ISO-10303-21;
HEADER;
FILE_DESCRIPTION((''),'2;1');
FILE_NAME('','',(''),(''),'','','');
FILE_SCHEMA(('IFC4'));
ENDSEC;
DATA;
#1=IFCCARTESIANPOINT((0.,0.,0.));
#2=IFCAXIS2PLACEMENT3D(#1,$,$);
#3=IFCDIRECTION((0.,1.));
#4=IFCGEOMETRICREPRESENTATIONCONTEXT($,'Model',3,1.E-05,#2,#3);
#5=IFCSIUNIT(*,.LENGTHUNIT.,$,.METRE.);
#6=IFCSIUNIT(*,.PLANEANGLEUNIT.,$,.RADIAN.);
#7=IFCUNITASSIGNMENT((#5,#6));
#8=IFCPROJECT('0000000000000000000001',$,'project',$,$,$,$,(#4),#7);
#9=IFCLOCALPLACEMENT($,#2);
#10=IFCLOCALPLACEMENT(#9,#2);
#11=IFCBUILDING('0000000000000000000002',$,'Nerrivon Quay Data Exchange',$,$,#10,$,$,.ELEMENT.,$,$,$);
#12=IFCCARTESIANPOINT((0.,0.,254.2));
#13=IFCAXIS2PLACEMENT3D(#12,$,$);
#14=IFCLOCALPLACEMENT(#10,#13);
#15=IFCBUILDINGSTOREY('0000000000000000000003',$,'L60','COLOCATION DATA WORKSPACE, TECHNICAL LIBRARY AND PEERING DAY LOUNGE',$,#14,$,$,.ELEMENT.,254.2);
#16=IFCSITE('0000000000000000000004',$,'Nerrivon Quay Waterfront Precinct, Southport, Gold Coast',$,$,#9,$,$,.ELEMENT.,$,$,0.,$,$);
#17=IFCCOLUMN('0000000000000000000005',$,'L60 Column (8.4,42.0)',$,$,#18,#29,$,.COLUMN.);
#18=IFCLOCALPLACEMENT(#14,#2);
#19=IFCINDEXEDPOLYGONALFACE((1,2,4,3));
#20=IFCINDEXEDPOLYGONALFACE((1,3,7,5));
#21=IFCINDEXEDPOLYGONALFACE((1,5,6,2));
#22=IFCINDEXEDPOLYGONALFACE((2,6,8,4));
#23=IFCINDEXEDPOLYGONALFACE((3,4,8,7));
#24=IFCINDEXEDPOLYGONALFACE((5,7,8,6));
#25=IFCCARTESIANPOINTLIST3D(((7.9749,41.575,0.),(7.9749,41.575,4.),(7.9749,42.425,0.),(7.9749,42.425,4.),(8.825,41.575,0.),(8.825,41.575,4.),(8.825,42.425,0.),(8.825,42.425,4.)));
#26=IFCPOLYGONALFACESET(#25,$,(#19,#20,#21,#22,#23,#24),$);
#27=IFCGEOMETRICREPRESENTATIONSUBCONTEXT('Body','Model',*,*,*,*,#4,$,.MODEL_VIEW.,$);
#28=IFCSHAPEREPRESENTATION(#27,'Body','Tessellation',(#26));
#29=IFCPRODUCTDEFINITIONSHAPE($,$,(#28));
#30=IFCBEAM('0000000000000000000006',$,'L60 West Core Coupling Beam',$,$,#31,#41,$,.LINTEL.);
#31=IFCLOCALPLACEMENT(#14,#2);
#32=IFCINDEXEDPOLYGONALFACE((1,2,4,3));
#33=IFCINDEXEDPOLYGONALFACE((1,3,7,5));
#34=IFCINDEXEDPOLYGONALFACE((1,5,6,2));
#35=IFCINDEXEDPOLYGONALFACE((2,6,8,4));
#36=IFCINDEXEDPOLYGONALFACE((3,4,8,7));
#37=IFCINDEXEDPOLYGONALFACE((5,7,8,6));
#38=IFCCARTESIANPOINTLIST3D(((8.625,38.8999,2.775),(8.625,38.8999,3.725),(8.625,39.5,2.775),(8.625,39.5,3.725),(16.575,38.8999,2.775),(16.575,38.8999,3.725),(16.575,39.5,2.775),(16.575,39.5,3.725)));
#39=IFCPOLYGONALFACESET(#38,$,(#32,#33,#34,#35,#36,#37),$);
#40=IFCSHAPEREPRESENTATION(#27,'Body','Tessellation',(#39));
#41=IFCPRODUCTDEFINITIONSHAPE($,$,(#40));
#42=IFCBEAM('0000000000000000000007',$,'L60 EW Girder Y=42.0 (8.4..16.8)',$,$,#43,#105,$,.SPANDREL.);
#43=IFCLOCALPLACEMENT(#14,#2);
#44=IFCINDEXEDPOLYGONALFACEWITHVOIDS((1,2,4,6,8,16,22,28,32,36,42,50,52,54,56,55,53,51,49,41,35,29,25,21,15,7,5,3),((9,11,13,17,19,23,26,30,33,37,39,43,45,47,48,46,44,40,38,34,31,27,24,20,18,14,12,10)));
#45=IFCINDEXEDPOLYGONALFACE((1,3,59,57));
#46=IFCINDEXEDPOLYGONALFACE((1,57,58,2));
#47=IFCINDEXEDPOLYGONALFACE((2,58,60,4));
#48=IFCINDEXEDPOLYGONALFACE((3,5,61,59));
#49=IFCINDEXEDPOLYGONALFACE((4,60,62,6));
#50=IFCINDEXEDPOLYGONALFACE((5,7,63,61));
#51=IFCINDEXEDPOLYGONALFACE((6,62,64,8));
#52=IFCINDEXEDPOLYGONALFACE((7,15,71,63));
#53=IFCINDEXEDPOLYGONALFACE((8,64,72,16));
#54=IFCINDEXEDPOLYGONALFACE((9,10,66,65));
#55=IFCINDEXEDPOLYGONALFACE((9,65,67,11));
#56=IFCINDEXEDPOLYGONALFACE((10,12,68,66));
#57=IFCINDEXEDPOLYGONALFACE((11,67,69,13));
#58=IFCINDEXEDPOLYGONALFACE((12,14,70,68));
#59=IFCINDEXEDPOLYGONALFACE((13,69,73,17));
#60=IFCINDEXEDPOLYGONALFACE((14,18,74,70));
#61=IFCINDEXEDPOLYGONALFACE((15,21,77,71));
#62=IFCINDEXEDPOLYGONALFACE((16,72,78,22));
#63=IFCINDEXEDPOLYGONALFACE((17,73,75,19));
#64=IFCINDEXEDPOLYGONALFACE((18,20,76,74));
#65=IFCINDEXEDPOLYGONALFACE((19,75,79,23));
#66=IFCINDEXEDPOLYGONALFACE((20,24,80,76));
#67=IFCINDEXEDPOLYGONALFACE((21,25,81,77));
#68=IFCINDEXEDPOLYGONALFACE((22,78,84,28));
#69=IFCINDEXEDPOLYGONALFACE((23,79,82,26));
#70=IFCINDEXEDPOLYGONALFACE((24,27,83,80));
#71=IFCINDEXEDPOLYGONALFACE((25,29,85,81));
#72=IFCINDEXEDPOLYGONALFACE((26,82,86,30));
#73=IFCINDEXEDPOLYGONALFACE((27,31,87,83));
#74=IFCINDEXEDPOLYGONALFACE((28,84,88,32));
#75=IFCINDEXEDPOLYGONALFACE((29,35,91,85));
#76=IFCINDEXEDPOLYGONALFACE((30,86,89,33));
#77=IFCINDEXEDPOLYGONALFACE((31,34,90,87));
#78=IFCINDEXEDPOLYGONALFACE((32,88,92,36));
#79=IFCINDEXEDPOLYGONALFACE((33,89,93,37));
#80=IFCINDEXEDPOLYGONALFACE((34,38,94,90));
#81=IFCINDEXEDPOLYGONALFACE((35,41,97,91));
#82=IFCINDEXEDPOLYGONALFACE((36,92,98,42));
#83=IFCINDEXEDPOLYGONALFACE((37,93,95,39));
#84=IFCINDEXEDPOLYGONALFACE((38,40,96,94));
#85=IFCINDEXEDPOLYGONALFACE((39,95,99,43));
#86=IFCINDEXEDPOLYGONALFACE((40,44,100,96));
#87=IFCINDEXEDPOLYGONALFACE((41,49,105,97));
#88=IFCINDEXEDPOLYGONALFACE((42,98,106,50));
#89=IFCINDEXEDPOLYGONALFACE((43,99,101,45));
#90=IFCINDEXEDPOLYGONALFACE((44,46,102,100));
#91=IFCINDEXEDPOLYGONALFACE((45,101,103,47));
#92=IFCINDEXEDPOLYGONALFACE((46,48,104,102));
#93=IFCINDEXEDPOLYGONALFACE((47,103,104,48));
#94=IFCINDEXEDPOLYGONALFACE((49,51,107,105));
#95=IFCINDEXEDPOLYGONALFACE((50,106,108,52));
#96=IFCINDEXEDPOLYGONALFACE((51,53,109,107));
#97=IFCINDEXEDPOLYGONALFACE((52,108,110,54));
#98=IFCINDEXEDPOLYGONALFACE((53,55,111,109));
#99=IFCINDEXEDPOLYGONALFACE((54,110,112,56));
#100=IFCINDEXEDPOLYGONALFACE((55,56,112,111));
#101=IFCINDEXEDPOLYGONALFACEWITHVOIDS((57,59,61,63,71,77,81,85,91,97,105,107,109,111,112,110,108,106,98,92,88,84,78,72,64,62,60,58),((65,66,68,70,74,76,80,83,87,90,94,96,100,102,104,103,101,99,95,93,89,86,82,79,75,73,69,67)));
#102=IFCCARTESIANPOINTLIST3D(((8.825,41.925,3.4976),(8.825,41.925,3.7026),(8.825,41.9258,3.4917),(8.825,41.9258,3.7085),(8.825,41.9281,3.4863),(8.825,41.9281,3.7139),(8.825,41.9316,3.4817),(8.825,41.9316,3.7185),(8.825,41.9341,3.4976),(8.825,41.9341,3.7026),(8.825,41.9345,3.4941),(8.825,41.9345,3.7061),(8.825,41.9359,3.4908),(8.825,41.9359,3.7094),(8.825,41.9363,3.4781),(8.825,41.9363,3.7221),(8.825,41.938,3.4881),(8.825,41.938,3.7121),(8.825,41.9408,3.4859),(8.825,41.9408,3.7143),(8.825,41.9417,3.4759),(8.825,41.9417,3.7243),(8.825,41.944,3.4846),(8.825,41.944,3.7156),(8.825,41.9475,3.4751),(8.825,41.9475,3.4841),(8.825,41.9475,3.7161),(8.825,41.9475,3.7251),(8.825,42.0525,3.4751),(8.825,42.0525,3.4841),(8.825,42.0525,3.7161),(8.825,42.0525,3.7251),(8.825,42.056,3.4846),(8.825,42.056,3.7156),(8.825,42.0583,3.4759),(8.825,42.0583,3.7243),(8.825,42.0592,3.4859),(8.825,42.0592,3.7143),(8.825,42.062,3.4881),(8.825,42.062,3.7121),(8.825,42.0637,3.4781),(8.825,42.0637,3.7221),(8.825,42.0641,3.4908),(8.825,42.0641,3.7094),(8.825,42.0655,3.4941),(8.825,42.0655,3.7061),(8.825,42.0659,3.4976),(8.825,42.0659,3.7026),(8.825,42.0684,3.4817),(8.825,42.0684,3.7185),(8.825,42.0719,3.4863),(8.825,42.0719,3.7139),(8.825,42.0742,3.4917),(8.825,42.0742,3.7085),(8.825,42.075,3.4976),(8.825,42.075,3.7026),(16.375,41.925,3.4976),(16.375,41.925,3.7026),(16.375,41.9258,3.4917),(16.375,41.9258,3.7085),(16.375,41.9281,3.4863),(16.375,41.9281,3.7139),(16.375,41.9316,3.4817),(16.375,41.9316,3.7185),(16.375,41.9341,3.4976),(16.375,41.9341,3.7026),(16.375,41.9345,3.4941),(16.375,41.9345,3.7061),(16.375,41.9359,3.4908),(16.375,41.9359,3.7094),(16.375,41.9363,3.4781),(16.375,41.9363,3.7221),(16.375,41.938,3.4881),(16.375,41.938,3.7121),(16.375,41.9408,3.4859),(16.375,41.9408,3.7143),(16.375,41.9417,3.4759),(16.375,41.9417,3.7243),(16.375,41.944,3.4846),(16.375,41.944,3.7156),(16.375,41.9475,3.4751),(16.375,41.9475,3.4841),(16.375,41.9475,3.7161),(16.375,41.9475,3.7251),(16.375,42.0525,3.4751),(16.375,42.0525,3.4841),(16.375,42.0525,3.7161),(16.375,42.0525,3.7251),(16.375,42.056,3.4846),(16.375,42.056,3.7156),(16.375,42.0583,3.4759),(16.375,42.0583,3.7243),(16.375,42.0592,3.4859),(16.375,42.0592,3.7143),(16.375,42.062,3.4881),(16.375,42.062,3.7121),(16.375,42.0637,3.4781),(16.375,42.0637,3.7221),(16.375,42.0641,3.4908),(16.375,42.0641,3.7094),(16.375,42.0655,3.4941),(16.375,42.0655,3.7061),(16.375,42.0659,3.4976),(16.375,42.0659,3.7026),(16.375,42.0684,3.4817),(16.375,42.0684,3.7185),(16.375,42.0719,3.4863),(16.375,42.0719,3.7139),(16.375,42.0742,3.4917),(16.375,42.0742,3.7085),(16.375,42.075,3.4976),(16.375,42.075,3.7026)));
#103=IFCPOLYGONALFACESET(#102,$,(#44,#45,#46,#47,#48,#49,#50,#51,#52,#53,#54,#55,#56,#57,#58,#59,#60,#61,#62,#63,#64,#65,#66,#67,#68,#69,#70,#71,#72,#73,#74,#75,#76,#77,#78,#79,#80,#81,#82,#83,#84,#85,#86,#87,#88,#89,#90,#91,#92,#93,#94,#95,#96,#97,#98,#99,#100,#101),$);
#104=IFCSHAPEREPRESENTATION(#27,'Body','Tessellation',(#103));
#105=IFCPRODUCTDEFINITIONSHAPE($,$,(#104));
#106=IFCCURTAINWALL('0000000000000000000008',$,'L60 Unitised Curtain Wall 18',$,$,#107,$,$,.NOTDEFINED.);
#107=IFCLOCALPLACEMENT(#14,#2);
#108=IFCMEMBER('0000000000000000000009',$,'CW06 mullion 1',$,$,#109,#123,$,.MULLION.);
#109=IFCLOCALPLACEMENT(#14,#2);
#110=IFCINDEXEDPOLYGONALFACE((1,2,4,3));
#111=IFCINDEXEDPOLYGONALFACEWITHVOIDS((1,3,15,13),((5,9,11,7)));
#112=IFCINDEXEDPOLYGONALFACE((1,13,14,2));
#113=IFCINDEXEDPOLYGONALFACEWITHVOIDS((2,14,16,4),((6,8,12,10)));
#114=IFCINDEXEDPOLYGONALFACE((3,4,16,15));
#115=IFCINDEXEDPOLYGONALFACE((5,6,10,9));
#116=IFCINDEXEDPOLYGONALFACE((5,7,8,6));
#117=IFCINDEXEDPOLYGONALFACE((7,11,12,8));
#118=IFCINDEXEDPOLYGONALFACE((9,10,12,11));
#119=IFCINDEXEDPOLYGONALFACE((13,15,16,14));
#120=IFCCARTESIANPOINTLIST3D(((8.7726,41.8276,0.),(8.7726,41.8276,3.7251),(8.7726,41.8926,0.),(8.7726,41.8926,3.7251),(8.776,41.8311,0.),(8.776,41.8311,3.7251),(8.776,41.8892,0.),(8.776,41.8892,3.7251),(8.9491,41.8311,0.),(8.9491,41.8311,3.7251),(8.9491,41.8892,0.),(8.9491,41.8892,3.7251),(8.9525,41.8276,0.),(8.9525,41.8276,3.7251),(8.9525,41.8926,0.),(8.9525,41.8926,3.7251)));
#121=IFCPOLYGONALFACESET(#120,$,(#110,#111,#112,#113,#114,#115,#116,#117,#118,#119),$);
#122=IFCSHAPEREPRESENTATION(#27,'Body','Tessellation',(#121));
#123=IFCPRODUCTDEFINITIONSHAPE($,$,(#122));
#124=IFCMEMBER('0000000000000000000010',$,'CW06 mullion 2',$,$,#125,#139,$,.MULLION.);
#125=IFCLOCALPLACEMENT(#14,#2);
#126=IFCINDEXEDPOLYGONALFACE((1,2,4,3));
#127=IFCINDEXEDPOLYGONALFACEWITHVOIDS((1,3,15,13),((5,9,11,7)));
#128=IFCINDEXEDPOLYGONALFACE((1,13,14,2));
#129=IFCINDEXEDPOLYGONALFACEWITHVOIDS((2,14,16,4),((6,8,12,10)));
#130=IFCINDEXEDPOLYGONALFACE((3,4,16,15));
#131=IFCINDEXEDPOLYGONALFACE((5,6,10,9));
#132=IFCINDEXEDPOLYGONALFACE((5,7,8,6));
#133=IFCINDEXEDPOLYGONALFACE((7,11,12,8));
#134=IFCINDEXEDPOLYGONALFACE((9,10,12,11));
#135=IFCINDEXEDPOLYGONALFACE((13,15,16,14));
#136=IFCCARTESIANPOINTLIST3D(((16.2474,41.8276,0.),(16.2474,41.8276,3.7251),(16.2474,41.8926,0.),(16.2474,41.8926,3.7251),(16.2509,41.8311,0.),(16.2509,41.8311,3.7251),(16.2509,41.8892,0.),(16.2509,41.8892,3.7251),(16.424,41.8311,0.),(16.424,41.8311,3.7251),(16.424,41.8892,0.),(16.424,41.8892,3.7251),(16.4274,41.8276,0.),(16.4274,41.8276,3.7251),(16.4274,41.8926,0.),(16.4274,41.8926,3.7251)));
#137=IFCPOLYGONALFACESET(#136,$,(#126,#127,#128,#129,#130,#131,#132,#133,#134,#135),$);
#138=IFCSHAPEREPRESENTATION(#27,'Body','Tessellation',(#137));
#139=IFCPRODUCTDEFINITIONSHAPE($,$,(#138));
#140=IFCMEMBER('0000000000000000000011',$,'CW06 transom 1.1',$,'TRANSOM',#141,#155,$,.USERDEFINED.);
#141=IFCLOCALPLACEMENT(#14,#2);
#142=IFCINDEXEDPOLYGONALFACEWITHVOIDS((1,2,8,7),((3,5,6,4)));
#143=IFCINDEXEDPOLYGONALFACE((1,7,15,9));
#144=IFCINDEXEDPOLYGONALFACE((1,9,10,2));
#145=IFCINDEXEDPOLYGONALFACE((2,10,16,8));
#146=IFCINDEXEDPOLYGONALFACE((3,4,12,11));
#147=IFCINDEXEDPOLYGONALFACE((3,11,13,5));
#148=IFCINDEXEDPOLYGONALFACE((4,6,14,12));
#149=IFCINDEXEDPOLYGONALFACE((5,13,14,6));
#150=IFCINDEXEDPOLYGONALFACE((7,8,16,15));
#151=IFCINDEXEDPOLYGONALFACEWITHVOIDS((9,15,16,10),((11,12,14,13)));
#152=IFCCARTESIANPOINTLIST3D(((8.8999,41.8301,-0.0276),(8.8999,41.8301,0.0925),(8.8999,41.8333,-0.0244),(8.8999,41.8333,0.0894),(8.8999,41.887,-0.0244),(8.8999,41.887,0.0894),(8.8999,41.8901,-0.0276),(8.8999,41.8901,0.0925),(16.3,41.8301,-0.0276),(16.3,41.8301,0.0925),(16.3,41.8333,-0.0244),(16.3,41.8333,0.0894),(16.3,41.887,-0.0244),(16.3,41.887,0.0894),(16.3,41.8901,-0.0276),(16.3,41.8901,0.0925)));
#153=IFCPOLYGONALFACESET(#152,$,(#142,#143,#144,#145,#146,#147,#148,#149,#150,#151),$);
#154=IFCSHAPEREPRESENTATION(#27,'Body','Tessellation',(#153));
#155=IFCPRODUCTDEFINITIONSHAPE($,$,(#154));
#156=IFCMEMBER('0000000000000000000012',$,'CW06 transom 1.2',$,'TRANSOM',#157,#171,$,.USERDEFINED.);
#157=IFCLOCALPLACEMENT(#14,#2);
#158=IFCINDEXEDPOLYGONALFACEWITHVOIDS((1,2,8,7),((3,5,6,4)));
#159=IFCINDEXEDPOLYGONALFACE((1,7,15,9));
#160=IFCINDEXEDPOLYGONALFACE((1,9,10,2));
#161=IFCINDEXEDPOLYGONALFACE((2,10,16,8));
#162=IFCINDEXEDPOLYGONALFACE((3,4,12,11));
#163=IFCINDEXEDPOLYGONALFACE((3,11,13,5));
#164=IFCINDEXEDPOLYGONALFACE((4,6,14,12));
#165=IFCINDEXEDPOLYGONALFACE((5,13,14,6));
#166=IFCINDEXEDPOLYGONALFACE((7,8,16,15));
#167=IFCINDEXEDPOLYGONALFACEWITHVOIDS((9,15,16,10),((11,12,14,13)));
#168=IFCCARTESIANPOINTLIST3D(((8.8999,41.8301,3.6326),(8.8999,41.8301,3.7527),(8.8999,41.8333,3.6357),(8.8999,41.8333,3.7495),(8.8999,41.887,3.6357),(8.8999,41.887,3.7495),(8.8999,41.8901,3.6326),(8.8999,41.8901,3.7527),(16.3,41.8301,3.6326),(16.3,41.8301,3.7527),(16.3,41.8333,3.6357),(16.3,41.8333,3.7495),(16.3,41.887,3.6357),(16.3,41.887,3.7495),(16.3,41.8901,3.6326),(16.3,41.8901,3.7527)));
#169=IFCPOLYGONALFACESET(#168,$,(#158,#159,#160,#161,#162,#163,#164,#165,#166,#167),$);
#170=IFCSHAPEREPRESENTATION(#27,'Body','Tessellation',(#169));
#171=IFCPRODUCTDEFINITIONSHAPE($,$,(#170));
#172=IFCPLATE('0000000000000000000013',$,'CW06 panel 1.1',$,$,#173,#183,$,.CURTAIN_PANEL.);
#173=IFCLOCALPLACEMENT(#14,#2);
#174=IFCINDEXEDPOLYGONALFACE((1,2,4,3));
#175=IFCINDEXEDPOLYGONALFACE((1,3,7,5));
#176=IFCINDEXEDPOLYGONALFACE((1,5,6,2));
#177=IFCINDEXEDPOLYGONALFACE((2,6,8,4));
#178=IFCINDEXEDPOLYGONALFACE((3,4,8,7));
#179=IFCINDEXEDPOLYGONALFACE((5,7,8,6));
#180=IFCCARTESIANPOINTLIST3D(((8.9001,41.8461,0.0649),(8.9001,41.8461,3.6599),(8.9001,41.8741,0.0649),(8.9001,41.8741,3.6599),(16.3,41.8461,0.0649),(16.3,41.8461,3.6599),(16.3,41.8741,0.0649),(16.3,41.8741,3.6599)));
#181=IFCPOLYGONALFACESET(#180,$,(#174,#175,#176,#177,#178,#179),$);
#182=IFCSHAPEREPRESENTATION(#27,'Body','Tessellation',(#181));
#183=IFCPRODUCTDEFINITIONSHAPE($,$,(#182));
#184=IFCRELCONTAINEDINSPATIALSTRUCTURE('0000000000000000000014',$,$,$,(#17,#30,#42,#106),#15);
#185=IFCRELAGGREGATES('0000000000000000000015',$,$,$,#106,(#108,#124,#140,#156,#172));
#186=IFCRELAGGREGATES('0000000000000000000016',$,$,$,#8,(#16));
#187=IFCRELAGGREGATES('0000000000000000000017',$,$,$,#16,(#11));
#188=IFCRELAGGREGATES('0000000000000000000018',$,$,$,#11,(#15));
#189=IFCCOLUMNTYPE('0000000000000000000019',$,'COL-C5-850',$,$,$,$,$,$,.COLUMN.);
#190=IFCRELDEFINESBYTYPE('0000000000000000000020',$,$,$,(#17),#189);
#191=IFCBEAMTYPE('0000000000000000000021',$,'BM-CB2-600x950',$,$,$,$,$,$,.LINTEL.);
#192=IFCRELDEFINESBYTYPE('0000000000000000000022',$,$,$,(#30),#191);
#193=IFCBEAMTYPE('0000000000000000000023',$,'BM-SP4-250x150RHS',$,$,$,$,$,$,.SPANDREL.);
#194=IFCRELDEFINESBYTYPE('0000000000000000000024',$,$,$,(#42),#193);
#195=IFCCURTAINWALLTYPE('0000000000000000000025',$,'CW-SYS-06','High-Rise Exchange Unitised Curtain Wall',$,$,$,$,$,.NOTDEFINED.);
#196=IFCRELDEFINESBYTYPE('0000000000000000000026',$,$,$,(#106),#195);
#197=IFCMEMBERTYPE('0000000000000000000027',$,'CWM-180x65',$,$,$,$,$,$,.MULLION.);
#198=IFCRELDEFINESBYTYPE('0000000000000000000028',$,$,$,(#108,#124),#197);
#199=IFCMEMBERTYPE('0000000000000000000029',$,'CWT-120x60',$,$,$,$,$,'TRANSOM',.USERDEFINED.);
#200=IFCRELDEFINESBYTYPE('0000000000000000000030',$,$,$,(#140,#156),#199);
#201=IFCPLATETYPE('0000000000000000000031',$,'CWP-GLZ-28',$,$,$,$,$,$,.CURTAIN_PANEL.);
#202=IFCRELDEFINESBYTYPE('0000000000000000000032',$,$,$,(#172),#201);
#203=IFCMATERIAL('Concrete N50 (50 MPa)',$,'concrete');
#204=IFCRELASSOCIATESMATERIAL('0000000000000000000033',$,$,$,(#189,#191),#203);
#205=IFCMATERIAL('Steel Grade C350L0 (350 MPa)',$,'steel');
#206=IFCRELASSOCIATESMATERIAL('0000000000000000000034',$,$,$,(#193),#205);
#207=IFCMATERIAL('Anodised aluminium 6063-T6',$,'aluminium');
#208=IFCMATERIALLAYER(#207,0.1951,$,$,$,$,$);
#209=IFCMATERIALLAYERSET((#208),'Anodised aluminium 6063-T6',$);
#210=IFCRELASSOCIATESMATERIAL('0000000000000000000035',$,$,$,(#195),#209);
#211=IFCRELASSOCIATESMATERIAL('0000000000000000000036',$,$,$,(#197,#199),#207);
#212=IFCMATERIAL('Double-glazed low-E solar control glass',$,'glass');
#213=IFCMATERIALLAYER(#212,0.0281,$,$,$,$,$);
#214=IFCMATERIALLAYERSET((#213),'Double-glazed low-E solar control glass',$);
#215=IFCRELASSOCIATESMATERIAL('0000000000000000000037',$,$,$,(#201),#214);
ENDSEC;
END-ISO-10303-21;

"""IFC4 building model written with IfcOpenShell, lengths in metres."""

from ifc_helpers import new_model, si_unit, direction, frame, origin, origin_2d, place, context, subcontext, project, spatial, rectangle, hollow_rectangle, extrude, material, layer, layer_set, material_profile, profile_set, type_object, element, aggregate, save


model = new_model("IFC4")

# Units and contexts
model_context = context("Model", 3, precision=1e-05, world=origin(), true_north=direction((0.0, 1.0)))
body_context = subcontext(model_context, "Body", "Model", "MODEL_VIEW")
ifc_project = project(units=[si_unit("LENGTHUNIT", "METRE"), si_unit("PLANEANGLEUNIT", "RADIAN")], contexts=[model_context])

# Site, building, storey
site_placement = place(None, origin())
site = spatial("IfcSite", under=ifc_project, at=site_placement, Name="Nerrivon Quay Waterfront Precinct, Southport, Gold Coast", CompositionType="ELEMENT", RefElevation=0.0)
building_placement = place(site_placement, origin())
building = spatial("IfcBuilding", under=site, at=building_placement, Name="Nerrivon Quay Data Exchange", CompositionType="ELEMENT")
storey_placement = place(building_placement, frame((0.0, 0.0, 254.2)))
storey = spatial("IfcBuildingStorey", under=building, at=storey_placement, Name="L60", Description="COLOCATION DATA WORKSPACE, TECHNICAL LIBRARY AND PEERING DAY LOUNGE", CompositionType="ELEMENT", Elevation=254.2)

# Column
ifc_material_1 = material(Name="Concrete N50 (50 MPa)", Category="concrete")
ifc_material_profile_1 = material_profile(ifc_material_1, rectangle(XDim=0.8501, YDim=0.8501, at=origin_2d()), Name="RC-COL-850x850")
ifc_profile_set_1 = profile_set([ifc_material_profile_1], Name="Concrete N50 (50 MPa)")
column_type = type_object("IfcColumnType", Name="COL-C5-850", PredefinedType="COLUMN", material=ifc_profile_set_1)
column_placement = place(storey_placement, frame((8.3999, 42.0, 0.0), z_axis=(0.0, 0.0, 1.0), x_axis=(1.0, 0.0, 0.0)))
element("IfcColumn", 1, at=column_placement, inside=storey, type_object=column_type, Name="L60 Column (8.4,42.0)", PredefinedType="COLUMN", context=body_context, shape_type="SweptSolid", body=[
    extrude(rectangle(XDim=0.8501, YDim=0.8501, at=origin_2d()), origin(), (0.0, 0.0, 1.0), 4.0),
])

# Beams
ifc_material_profile_2 = material_profile(ifc_material_1, rectangle(XDim=0.6001, YDim=0.95, at=origin_2d()), Name="RC-CB-600x950")
ifc_profile_set_2 = profile_set([ifc_material_profile_2], Name="Concrete N50 (50 MPa)")
beam_type_1 = type_object("IfcBeamType", Name="BM-CB2-600x950", PredefinedType="LINTEL", material=ifc_profile_set_2)
beam_1_placement = place(storey_placement, frame((8.625, 39.2, 3.25), z_axis=(1.0, 0.0, 0.0), x_axis=(0.0, 1.0, 0.0)))
element("IfcBeam", 2, at=beam_1_placement, inside=storey, type_object=beam_type_1, Name="L60 West Core Coupling Beam", PredefinedType="LINTEL", context=body_context, shape_type="SweptSolid", body=[
    extrude(rectangle(XDim=0.6001, YDim=0.95, at=origin_2d()), origin(), (0.0, 0.0, 1.0), 7.95),
])
ifc_material_2 = material(Name="Steel Grade C350L0 (350 MPa)", Category="steel")
ifc_material_profile_3 = material_profile(ifc_material_2, hollow_rectangle(XDim=0.1499, YDim=0.25, WallThickness=0.009, InnerFilletRadius=0.0134, OuterFilletRadius=0.0225, at=origin_2d()), Name="250x150x9.0RHS")
ifc_profile_set_3 = profile_set([ifc_material_profile_3], Name="Steel Grade C350L0 (350 MPa)")
beam_type_2 = type_object("IfcBeamType", Name="BM-SP4-250x150RHS", PredefinedType="SPANDREL", material=ifc_profile_set_3)
beam_2_placement = place(storey_placement, frame((8.825, 42.0, 3.6001), z_axis=(1.0, 0.0, 0.0), x_axis=(0.0, 1.0, 0.0)))
element("IfcBeam", 3, at=beam_2_placement, inside=storey, type_object=beam_type_2, Name="L60 EW Girder Y=42.0 (8.4..16.8)", PredefinedType="SPANDREL", context=body_context, shape_type="SweptSolid", body=[
    extrude(hollow_rectangle(XDim=0.1499, YDim=0.25, WallThickness=0.009, InnerFilletRadius=0.0134, OuterFilletRadius=0.0225, at=origin_2d()), origin(), (0.0, 0.0, 1.0), 7.55),
])

# Curtain wall, members, plate
ifc_material_3 = material(Name="Anodised aluminium 6063-T6", Category="aluminium")
ifc_layer_1 = layer(ifc_material_3, 0.1951)
ifc_layer_set_1 = layer_set([ifc_layer_1], Name="Anodised aluminium 6063-T6")
curtain_wall_type = type_object("IfcCurtainWallType", Name="CW-SYS-06", Description="High-Rise Exchange Unitised Curtain Wall", PredefinedType="NOTDEFINED", material=ifc_layer_set_1)
curtain_wall_placement = place(storey_placement, origin())
curtain_wall = element("IfcCurtainWall", 4, at=curtain_wall_placement, inside=storey, type_object=curtain_wall_type, Name="L60 Unitised Curtain Wall 18", PredefinedType="NOTDEFINED")
ifc_material_profile_4 = material_profile(ifc_material_3, hollow_rectangle(XDim=0.0649, YDim=0.1799, WallThickness=0.0034, at=origin_2d()), Name="ALU-MULL-180x65")
ifc_profile_set_4 = profile_set([ifc_material_profile_4], Name="Anodised aluminium 6063-T6")
member_type_1 = type_object("IfcMemberType", Name="CWM-180x65", PredefinedType="MULLION", material=ifc_profile_set_4)
member_1_placement = place(storey_placement, frame((8.8625, 41.8601, 0.0), z_axis=(0.0, 0.0, 1.0), x_axis=(0.0, 1.0, 0.0)))
member_1 = element("IfcMember", 5, at=member_1_placement, type_object=member_type_1, Name="CW06 mullion 1", PredefinedType="MULLION", context=body_context, shape_type="SweptSolid", body=[
    extrude(hollow_rectangle(XDim=0.0649, YDim=0.1799, WallThickness=0.0034, at=origin_2d()), origin(), (0.0, 0.0, 1.0), 3.7251),
])
member_2_placement = place(storey_placement, frame((16.3374, 41.8601, 0.0), z_axis=(0.0, 0.0, 1.0), x_axis=(0.0, 1.0, 0.0)))
member_2 = element("IfcMember", 6, at=member_2_placement, type_object=member_type_1, Name="CW06 mullion 2", PredefinedType="MULLION", context=body_context, shape_type="SweptSolid", body=[
    extrude(hollow_rectangle(XDim=0.0649, YDim=0.1799, WallThickness=0.0034, at=origin_2d()), origin(), (0.0, 0.0, 1.0), 3.7251),
])
ifc_material_profile_5 = material_profile(ifc_material_3, hollow_rectangle(XDim=0.0601, YDim=0.1201, WallThickness=0.0032, at=origin_2d()), Name="ALU-TRAN-120x60")
ifc_profile_set_5 = profile_set([ifc_material_profile_5], Name="Anodised aluminium 6063-T6")
member_type_2 = type_object("IfcMemberType", Name="CWT-120x60", ElementType="TRANSOM", PredefinedType="USERDEFINED", material=ifc_profile_set_5)
member_3_placement = place(storey_placement, frame((8.8999, 41.8601, 0.0325), z_axis=(1.0, 0.0, 0.0), x_axis=(0.0, 1.0, 0.0)))
member_3 = element("IfcMember", 7, at=member_3_placement, type_object=member_type_2, Name="CW06 transom 1.1", ObjectType="TRANSOM", PredefinedType="USERDEFINED", context=body_context, shape_type="SweptSolid", body=[
    extrude(hollow_rectangle(XDim=0.0601, YDim=0.1201, WallThickness=0.0032, at=origin_2d()), origin(), (0.0, 0.0, 1.0), 7.4001),
])
member_4_placement = place(storey_placement, frame((8.8999, 41.8601, 3.6926), z_axis=(1.0, 0.0, 0.0), x_axis=(0.0, 1.0, 0.0)))
member_4 = element("IfcMember", 8, at=member_4_placement, type_object=member_type_2, Name="CW06 transom 1.2", ObjectType="TRANSOM", PredefinedType="USERDEFINED", context=body_context, shape_type="SweptSolid", body=[
    extrude(hollow_rectangle(XDim=0.0601, YDim=0.1201, WallThickness=0.0032, at=origin_2d()), origin(), (0.0, 0.0, 1.0), 7.4001),
])
ifc_material_4 = material(Name="Double-glazed low-E solar control glass", Category="glass")
ifc_layer_2 = layer(ifc_material_4, 0.0281)
ifc_layer_set_2 = layer_set([ifc_layer_2], Name="Double-glazed low-E solar control glass")
plate_type = type_object("IfcPlateType", Name="CWP-GLZ-28", PredefinedType="CURTAIN_PANEL", material=ifc_layer_set_2)
plate_placement = place(storey_placement, frame((12.6001, 41.8601, 0.0649), z_axis=(0.0, 0.0, 1.0), x_axis=(1.0, 0.0, 0.0)))
plate = element("IfcPlate", 9, at=plate_placement, type_object=plate_type, Name="CW06 panel 1.1", PredefinedType="CURTAIN_PANEL", context=body_context, shape_type="SweptSolid", body=[
    extrude(rectangle(XDim=7.3999, YDim=0.0281, at=origin_2d()), origin(), (0.0, 0.0, 1.0), 3.595),
])
aggregate(curtain_wall, [member_1, member_2, member_3, member_4, plate])

save(model, "model.ifc")
